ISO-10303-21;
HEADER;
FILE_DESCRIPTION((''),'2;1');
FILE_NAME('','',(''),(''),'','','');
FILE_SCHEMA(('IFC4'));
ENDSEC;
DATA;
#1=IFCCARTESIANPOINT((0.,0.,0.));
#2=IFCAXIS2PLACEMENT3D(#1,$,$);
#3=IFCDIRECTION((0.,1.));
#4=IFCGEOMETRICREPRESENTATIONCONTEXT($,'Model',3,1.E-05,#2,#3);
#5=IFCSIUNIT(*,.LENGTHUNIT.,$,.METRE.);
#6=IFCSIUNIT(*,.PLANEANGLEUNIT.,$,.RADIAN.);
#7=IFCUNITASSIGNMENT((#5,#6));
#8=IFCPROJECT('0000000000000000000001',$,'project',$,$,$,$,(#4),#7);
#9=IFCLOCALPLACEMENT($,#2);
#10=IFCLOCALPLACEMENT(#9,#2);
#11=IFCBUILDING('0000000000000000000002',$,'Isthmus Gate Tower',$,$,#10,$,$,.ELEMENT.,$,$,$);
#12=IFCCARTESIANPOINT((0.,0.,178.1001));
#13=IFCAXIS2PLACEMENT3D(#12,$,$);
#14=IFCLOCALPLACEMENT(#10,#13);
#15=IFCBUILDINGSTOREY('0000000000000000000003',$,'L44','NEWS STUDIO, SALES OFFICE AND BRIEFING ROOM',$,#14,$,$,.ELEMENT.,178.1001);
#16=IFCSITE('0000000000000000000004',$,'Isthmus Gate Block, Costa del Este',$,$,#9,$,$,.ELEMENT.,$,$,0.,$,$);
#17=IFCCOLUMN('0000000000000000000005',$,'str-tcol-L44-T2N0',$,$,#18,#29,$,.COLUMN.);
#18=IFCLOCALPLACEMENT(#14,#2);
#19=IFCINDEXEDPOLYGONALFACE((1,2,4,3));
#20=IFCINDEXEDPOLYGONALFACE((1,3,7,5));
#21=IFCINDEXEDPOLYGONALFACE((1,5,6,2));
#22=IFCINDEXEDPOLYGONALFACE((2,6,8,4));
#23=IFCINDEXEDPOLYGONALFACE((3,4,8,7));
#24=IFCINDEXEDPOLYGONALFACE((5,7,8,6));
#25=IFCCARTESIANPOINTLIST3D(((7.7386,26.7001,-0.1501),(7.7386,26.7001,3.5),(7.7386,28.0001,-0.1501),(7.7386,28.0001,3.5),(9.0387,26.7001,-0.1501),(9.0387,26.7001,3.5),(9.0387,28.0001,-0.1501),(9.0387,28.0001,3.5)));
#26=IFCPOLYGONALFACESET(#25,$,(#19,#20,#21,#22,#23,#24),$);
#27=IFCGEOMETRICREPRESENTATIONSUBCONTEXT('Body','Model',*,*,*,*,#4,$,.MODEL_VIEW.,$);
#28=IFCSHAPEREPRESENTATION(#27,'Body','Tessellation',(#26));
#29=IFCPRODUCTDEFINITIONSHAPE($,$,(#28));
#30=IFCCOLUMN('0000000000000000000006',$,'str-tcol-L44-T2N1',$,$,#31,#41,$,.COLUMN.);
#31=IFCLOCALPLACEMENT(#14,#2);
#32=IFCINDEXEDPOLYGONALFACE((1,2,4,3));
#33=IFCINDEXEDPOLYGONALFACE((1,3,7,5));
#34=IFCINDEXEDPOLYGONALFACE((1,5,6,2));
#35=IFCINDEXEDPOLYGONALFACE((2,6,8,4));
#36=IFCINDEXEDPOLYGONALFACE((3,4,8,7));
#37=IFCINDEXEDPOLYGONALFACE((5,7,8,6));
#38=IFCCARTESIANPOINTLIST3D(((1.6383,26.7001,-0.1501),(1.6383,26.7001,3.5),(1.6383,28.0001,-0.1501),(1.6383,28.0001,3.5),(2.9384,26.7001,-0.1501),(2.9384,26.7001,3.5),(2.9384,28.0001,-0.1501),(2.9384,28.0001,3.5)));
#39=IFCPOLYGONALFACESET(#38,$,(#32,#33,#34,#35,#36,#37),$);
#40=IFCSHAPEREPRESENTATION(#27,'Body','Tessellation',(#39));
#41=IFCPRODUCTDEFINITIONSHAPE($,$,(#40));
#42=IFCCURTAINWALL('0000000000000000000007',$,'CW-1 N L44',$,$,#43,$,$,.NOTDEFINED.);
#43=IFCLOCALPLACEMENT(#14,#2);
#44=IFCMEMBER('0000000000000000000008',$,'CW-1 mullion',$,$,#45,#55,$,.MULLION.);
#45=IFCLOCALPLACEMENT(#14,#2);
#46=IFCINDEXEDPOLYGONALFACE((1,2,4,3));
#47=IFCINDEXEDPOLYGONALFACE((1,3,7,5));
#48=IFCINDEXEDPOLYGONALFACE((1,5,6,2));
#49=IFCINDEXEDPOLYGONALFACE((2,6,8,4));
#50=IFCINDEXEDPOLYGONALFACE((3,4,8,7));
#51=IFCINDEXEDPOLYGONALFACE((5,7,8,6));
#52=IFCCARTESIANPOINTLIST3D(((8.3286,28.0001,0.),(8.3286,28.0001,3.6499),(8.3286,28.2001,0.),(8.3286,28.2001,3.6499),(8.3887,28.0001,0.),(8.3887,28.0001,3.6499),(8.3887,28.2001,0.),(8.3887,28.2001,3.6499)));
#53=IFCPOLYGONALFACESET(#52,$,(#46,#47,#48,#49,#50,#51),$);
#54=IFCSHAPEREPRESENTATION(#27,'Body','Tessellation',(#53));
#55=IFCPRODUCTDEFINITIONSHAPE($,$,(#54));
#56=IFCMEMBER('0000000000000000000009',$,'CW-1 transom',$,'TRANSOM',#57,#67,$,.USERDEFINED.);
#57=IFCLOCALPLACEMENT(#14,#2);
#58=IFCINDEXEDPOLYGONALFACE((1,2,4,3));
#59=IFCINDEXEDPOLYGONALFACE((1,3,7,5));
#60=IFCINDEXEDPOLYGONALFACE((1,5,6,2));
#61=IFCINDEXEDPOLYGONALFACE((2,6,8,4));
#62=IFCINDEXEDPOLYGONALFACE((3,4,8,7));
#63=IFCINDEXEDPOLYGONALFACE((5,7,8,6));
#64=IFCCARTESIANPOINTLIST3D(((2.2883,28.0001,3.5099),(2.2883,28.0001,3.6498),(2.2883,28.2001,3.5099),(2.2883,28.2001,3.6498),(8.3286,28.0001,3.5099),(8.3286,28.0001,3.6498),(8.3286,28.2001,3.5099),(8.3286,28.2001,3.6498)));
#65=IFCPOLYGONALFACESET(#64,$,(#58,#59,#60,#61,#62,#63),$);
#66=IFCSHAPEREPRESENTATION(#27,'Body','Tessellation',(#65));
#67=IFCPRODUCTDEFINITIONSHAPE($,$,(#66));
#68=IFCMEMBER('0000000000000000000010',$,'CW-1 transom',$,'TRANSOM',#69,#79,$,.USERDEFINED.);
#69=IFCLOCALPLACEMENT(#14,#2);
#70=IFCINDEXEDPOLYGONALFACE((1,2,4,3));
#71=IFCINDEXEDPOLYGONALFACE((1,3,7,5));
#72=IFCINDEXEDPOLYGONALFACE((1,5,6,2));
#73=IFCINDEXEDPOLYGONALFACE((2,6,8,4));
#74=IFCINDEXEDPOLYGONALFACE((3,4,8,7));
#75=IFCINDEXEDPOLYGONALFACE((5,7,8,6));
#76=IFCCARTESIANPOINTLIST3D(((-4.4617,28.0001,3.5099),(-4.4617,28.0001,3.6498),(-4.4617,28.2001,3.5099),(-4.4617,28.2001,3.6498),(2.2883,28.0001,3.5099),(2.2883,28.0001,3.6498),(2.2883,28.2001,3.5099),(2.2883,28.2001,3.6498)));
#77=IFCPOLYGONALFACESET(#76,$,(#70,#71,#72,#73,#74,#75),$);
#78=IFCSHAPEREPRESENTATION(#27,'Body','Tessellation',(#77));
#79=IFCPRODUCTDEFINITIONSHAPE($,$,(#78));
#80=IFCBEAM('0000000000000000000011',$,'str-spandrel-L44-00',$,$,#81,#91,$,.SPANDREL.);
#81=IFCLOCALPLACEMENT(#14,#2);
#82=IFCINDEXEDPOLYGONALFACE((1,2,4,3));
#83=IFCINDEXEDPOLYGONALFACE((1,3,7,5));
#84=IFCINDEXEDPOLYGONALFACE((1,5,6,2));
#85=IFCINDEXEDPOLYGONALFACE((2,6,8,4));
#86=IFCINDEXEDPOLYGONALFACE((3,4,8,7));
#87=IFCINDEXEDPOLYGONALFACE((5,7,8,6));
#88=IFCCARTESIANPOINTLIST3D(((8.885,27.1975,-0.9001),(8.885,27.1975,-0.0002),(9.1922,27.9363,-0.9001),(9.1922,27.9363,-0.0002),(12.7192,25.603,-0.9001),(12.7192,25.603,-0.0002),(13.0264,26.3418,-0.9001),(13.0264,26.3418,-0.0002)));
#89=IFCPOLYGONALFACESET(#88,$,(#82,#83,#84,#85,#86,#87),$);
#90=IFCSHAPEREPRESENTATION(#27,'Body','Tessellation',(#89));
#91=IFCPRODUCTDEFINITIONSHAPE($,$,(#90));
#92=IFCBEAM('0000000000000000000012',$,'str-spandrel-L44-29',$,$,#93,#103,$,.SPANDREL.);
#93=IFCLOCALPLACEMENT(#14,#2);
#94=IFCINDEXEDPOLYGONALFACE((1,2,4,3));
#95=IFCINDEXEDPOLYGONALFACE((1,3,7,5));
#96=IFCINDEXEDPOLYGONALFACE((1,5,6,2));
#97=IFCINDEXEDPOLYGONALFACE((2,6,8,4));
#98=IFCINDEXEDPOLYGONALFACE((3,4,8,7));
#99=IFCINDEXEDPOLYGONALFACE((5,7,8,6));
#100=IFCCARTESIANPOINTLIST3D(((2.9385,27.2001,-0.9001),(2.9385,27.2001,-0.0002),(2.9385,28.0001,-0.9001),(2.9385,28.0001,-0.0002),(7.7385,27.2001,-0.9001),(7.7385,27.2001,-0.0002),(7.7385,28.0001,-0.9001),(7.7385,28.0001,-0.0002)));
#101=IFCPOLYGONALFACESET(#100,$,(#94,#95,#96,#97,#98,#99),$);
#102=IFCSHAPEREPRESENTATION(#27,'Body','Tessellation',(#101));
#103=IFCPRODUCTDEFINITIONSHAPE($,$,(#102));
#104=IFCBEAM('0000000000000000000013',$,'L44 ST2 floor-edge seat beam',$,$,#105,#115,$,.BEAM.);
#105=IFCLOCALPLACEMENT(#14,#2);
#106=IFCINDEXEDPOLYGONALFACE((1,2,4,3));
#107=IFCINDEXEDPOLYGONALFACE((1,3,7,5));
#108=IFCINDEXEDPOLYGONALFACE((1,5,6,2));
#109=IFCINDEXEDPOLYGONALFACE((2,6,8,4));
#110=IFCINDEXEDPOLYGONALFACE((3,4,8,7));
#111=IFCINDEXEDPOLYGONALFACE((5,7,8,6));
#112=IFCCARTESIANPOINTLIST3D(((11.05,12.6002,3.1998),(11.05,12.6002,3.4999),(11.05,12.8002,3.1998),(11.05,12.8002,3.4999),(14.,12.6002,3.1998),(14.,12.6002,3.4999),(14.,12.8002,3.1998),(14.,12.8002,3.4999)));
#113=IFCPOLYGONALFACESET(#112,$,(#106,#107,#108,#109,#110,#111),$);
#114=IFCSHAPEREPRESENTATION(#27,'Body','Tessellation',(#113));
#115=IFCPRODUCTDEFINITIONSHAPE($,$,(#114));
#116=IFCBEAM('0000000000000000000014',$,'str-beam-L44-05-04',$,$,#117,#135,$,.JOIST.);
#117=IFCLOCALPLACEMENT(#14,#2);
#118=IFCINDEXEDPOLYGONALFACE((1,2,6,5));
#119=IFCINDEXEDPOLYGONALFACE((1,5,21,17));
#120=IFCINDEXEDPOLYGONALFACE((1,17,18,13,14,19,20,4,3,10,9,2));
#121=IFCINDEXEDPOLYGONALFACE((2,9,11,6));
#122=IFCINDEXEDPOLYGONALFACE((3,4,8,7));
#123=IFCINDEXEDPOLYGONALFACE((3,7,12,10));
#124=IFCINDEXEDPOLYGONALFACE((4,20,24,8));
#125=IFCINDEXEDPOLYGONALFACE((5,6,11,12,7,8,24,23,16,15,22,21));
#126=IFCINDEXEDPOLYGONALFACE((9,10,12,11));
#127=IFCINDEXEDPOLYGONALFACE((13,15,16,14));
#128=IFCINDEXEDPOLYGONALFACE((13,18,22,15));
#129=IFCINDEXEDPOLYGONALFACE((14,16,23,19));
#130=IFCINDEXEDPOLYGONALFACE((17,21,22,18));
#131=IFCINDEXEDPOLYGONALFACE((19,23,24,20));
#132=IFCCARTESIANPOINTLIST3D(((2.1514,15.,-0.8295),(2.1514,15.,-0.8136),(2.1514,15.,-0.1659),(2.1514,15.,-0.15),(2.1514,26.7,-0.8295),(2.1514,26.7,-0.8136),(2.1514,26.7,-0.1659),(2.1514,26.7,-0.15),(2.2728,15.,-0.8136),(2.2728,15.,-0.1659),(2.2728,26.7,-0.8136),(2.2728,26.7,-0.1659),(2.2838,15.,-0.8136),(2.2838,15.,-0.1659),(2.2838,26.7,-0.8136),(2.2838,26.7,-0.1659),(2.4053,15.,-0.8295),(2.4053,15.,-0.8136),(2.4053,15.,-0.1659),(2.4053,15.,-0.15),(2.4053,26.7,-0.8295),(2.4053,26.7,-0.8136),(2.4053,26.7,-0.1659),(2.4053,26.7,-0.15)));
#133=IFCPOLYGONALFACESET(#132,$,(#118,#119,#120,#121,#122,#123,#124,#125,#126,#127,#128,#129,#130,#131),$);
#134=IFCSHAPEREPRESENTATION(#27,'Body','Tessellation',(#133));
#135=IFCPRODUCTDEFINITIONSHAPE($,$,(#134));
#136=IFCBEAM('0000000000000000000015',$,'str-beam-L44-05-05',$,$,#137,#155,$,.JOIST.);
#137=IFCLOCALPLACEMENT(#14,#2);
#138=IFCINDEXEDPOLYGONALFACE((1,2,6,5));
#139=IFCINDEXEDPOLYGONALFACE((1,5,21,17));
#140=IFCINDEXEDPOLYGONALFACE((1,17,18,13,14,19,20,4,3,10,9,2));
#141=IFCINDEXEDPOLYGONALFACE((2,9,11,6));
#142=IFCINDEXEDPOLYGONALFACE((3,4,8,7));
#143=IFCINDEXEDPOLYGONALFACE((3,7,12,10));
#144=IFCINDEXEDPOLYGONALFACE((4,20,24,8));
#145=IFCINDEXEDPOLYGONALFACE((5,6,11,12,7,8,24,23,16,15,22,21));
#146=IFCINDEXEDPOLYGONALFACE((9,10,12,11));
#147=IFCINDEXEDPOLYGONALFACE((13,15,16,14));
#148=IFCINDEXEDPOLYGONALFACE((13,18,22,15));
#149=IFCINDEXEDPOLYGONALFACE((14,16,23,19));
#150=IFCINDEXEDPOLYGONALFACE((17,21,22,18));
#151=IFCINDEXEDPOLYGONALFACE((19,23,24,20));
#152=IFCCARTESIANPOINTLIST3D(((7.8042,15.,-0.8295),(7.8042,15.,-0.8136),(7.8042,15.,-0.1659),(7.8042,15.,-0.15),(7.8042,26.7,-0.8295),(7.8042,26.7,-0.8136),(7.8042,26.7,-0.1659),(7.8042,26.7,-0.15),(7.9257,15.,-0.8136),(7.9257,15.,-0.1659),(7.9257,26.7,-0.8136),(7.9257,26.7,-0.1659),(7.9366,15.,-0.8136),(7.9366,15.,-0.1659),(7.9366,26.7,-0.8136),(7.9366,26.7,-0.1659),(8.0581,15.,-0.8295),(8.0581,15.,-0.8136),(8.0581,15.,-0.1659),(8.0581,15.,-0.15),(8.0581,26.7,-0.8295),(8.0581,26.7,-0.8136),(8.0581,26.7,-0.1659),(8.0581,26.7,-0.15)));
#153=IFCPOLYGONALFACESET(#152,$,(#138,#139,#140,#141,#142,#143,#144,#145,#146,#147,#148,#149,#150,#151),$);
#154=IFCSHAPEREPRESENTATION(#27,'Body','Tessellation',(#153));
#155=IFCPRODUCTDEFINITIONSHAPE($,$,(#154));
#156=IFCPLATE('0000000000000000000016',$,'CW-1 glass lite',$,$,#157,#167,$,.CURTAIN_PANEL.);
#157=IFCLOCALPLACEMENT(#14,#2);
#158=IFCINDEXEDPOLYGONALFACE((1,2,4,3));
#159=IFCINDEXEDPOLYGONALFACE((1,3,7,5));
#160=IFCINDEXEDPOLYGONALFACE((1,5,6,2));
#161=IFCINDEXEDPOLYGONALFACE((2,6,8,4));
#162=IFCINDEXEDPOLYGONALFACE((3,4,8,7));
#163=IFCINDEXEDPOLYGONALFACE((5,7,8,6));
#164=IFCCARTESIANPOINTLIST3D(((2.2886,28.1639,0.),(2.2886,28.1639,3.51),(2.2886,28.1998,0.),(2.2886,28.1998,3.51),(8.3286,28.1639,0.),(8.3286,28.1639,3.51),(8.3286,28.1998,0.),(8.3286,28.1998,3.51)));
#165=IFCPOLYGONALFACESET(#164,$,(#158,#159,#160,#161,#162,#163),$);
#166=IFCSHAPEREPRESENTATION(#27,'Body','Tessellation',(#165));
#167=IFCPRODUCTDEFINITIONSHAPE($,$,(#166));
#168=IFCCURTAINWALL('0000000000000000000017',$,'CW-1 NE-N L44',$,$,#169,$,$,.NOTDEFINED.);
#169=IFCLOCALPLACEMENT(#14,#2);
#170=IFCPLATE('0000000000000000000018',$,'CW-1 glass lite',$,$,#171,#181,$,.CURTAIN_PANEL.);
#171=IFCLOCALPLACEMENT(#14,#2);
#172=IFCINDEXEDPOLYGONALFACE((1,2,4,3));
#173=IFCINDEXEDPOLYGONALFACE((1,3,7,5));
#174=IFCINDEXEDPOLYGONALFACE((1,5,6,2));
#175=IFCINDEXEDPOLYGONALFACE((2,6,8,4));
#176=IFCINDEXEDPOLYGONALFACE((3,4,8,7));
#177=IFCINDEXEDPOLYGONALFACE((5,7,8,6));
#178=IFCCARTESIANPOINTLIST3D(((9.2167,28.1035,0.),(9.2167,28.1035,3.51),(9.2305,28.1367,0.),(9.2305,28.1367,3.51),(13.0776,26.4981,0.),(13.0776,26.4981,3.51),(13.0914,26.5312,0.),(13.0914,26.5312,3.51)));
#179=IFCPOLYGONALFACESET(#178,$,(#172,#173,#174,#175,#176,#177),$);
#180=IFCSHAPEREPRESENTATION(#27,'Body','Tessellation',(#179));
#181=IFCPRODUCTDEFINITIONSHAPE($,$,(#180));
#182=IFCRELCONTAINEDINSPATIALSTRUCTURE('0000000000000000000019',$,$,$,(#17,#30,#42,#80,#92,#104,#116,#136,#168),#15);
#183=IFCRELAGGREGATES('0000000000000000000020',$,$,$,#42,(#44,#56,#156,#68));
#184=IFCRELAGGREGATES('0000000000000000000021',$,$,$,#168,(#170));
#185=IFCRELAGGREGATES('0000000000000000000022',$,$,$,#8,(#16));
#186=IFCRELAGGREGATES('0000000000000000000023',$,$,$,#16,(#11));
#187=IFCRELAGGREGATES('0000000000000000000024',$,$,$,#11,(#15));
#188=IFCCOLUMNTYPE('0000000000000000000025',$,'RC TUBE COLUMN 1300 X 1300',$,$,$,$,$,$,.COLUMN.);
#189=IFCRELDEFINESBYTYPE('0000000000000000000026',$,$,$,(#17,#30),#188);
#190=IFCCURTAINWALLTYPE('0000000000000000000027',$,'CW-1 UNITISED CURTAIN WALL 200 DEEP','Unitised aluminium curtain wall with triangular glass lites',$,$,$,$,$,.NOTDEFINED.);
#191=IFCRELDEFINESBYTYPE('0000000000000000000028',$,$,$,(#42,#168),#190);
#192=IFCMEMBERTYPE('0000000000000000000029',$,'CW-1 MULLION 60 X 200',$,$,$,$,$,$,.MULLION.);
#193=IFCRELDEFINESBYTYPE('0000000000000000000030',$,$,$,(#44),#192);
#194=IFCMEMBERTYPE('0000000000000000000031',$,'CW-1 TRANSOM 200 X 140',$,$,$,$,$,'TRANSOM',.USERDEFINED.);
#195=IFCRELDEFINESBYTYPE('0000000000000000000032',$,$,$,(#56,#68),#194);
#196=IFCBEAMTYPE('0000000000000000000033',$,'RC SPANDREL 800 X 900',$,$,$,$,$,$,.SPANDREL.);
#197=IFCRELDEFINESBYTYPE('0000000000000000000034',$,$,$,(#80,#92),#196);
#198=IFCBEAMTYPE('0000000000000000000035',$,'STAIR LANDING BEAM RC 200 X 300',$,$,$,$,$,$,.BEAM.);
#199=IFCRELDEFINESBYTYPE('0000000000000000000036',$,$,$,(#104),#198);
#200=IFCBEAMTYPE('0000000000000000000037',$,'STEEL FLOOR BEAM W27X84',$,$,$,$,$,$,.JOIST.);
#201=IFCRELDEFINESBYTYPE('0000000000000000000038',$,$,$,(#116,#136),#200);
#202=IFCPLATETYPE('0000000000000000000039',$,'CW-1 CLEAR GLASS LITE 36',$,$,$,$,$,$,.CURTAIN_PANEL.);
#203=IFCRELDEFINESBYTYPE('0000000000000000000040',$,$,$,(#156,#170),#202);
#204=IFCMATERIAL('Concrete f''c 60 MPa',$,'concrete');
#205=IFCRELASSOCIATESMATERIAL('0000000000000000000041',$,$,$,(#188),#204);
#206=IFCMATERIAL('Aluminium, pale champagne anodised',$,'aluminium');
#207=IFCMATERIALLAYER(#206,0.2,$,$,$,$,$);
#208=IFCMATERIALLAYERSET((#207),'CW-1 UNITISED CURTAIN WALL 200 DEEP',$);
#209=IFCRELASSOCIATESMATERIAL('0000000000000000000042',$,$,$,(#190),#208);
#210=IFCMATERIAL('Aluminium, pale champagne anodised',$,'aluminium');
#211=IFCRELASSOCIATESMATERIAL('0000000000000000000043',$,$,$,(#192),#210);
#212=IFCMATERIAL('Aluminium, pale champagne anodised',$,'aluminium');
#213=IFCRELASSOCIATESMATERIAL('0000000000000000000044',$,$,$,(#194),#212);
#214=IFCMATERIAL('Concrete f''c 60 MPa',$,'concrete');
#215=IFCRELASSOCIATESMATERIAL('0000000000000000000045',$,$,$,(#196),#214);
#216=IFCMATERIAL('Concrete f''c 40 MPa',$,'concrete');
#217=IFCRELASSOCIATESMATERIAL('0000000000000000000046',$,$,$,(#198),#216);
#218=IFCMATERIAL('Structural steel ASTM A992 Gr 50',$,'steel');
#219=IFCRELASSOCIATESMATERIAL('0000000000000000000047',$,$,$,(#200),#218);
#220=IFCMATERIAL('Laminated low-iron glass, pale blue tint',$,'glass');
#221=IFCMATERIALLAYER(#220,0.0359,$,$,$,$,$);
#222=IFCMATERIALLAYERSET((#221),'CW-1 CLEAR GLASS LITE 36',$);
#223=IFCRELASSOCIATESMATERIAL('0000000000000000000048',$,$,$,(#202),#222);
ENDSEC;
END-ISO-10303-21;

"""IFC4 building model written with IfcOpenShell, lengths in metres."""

from ifc_helpers import new_model, si_unit, direction, frame, origin, origin_2d, place, context, subcontext, project, spatial, rectangle, i_section, extrude, material, layer, layer_set, material_profile, profile_set, type_object, element, aggregate, save


model = new_model("IFC4")

# Units and contexts
model_context = context("Model", 3, precision=1e-05, world=origin(), true_north=direction((0.0, 1.0)))
body_context = subcontext(model_context, "Body", "Model", "MODEL_VIEW")
ifc_project = project(units=[si_unit("LENGTHUNIT", "METRE"), si_unit("PLANEANGLEUNIT", "RADIAN")], contexts=[model_context])

# Site, building, storey
site_placement = place(None, origin())
site = spatial("IfcSite", under=ifc_project, at=site_placement, Name="Isthmus Gate Block, Costa del Este", CompositionType="ELEMENT", RefElevation=0.0)
building_placement = place(site_placement, origin())
building = spatial("IfcBuilding", under=site, at=building_placement, Name="Isthmus Gate Tower", CompositionType="ELEMENT")
storey_placement = place(building_placement, frame((0.0, 0.0, 178.1001)))
storey = spatial("IfcBuildingStorey", under=building, at=storey_placement, Name="L44", Description="NEWS STUDIO, SALES OFFICE AND BRIEFING ROOM", CompositionType="ELEMENT", Elevation=178.1001)

# Columns
ifc_material_1 = material(Name="Concrete f'c 60 MPa", Category="concrete")
ifc_material_profile_1 = material_profile(ifc_material_1, rectangle(XDim=1.3, YDim=1.3, at=origin_2d()), Name="RC 1300X1300")
ifc_profile_set_1 = profile_set([ifc_material_profile_1], Name="Concrete f'c 60 MPa")
column_type = type_object("IfcColumnType", Name="RC TUBE COLUMN 1300 X 1300", PredefinedType="COLUMN", material=ifc_profile_set_1)
for number, where, z_axis, x_axis, name in (
    (1, (8.3887, 27.3501, -0.1501), (0.0, 0.0, 1.0), (-1.0, 0.0, 0.0), "str-tcol-L44-T2N0"),
    (2, (2.2883, 27.3501, -0.1501), (0.0, 0.0, 1.0), (-1.0, 0.0, 0.0), "str-tcol-L44-T2N1"),
):
    element("IfcColumn", number, at=place(storey_placement, frame(where, z_axis=z_axis, x_axis=x_axis)), inside=storey, type_object=column_type, Name=name, PredefinedType="COLUMN", context=body_context, shape_type="SweptSolid", body=[
        extrude(rectangle(XDim=1.3, YDim=1.3, at=origin_2d()), origin(), (0.0, 0.0, 1.0), 3.6501),
    ])

# Curtain wall, members
ifc_material_2 = material(Name="Aluminium, pale champagne anodised", Category="aluminium")
ifc_layer_1 = layer(ifc_material_2, 0.2)
ifc_layer_set_1 = layer_set([ifc_layer_1], Name="CW-1 UNITISED CURTAIN WALL 200 DEEP")
curtain_wall_type = type_object("IfcCurtainWallType", Name="CW-1 UNITISED CURTAIN WALL 200 DEEP", Description="Unitised aluminium curtain wall with triangular glass lites", PredefinedType="NOTDEFINED", material=ifc_layer_set_1)
curtain_wall_1_placement = place(storey_placement, origin())
curtain_wall_1 = element("IfcCurtainWall", 3, at=curtain_wall_1_placement, inside=storey, type_object=curtain_wall_type, Name="CW-1 N L44", PredefinedType="NOTDEFINED")
ifc_material_3 = material(Name="Aluminium, pale champagne anodised", Category="aluminium")
ifc_material_profile_2 = material_profile(ifc_material_3, rectangle(XDim=0.0601, YDim=0.2, at=origin_2d()), Name="60x200")
ifc_profile_set_2 = profile_set([ifc_material_profile_2], Name="Aluminium, pale champagne anodised")
member_type_1 = type_object("IfcMemberType", Name="CW-1 MULLION 60 X 200", PredefinedType="MULLION", material=ifc_profile_set_2)
member_1_placement = place(storey_placement, frame((8.3586, 28.1001, 0.0), z_axis=(0.0, 0.0, 1.0), x_axis=(-1.0, 0.0, 0.0)))
member_1 = element("IfcMember", 4, at=member_1_placement, type_object=member_type_1, Name="CW-1 mullion", PredefinedType="MULLION", context=body_context, shape_type="SweptSolid", body=[
    extrude(rectangle(XDim=0.0601, YDim=0.2, at=origin_2d()), origin(), (0.0, 0.0, 1.0), 3.6499),
])
ifc_material_4 = material(Name="Aluminium, pale champagne anodised", Category="aluminium")
ifc_material_profile_3 = material_profile(ifc_material_4, rectangle(XDim=0.2, YDim=0.1399, at=origin_2d()), Name="200x140")
ifc_profile_set_3 = profile_set([ifc_material_profile_3], Name="Aluminium, pale champagne anodised")
member_type_2 = type_object("IfcMemberType", Name="CW-1 TRANSOM 200 X 140", ElementType="TRANSOM", PredefinedType="USERDEFINED", material=ifc_profile_set_3)
member_2_placement = place(storey_placement, frame((8.3286, 28.1001, 3.5798), z_axis=(-1.0, 0.0, 0.0), x_axis=(0.0, -1.0, 0.0)))
member_2 = element("IfcMember", 5, at=member_2_placement, type_object=member_type_2, Name="CW-1 transom", ObjectType="TRANSOM", PredefinedType="USERDEFINED", context=body_context, shape_type="SweptSolid", body=[
    extrude(rectangle(XDim=0.2, YDim=0.1399, at=origin_2d()), origin(), (0.0, 0.0, 1.0), 6.0403),
])
member_3_placement = place(storey_placement, frame((2.2883, 28.1001, 3.5798), z_axis=(-1.0, 0.0, 0.0), x_axis=(0.0, -1.0, 0.0)))
member_3 = element("IfcMember", 6, at=member_3_placement, type_object=member_type_2, Name="CW-1 transom", ObjectType="TRANSOM", PredefinedType="USERDEFINED", context=body_context, shape_type="SweptSolid", body=[
    extrude(rectangle(XDim=0.2, YDim=0.1399, at=origin_2d()), origin(), (0.0, 0.0, 1.0), 6.75),
])

# Beams
ifc_material_5 = material(Name="Concrete f'c 60 MPa", Category="concrete")
ifc_material_profile_4 = material_profile(ifc_material_5, rectangle(XDim=0.8, YDim=0.8999, at=origin_2d()), Name="RC 800X900")
ifc_profile_set_4 = profile_set([ifc_material_profile_4], Name="Concrete f'c 60 MPa")
beam_type_1 = type_object("IfcBeamType", Name="RC SPANDREL 800 X 900", PredefinedType="SPANDREL", material=ifc_profile_set_4)
beam_1_placement = place(storey_placement, frame((9.0386, 27.5669, -0.4502), z_axis=(0.923343, -0.383977, 0.0), x_axis=(0.383977, 0.923343, 0.0)))
element("IfcBeam", 7, at=beam_1_placement, inside=storey, type_object=beam_type_1, Name="str-spandrel-L44-00", PredefinedType="SPANDREL", context=body_context, shape_type="SweptSolid", body=[
    extrude(rectangle(XDim=0.8, YDim=0.8999, at=origin_2d()), origin(), (0.0, 0.0, 1.0), 4.1526),
])
beam_2_placement = place(storey_placement, frame((2.9385, 27.6001, -0.4502), z_axis=(1.0, 0.0, 0.0), x_axis=(0.0, 1.0, 0.0)))
element("IfcBeam", 8, at=beam_2_placement, inside=storey, type_object=beam_type_1, Name="str-spandrel-L44-29", PredefinedType="SPANDREL", context=body_context, shape_type="SweptSolid", body=[
    extrude(rectangle(XDim=0.8, YDim=0.8999, at=origin_2d()), origin(), (0.0, 0.0, 1.0), 4.8),
])
ifc_material_6 = material(Name="Concrete f'c 40 MPa", Category="concrete")
ifc_material_profile_5 = material_profile(ifc_material_6, rectangle(XDim=0.2, YDim=0.3, at=origin_2d()), Name="STAIR LANDING BEAM RC 200 X 300")
ifc_profile_set_5 = profile_set([ifc_material_profile_5], Name="Concrete f'c 40 MPa")
beam_type_2 = type_object("IfcBeamType", Name="STAIR LANDING BEAM RC 200 X 300", PredefinedType="BEAM", material=ifc_profile_set_5)
beam_3_placement = place(storey_placement, frame((11.05, 12.7002, 3.3499), z_axis=(1.0, 0.0, 0.0), x_axis=(0.0, 1.0, 0.0)))
element("IfcBeam", 9, at=beam_3_placement, inside=storey, type_object=beam_type_2, Name="L44 ST2 floor-edge seat beam", PredefinedType="BEAM", context=body_context, shape_type="SweptSolid", body=[
    extrude(rectangle(XDim=0.2, YDim=0.3, at=origin_2d()), origin(), (0.0, 0.0, 1.0), 2.95),
])
ifc_material_7 = material(Name="Structural steel ASTM A992 Gr 50", Category="steel")
ifc_material_profile_6 = material_profile(ifc_material_7, i_section(OverallWidth=0.2539, OverallDepth=0.6794, WebThickness=0.011, FlangeThickness=0.0159, at=origin_2d()), Name="W27X84")
ifc_profile_set_6 = profile_set([ifc_material_profile_6], Name="Structural steel ASTM A992 Gr 50")
beam_type_3 = type_object("IfcBeamType", Name="STEEL FLOOR BEAM W27X84", PredefinedType="JOIST", material=ifc_profile_set_6)
for number, where, z_axis, x_axis, name in (
    (10, (2.2783, 15.0, -0.4897), (0.0, 1.0, 0.0), (-1.0, 0.0, 0.0), "str-beam-L44-05-04"),
    (11, (7.9312, 15.0, -0.4897), (0.0, 1.0, 0.0), (-1.0, 0.0, 0.0), "str-beam-L44-05-05"),
):
    element("IfcBeam", number, at=place(storey_placement, frame(where, z_axis=z_axis, x_axis=x_axis)), inside=storey, type_object=beam_type_3, Name=name, PredefinedType="JOIST", context=body_context, shape_type="SweptSolid", body=[
        extrude(i_section(OverallWidth=0.2539, OverallDepth=0.6794, WebThickness=0.011, FlangeThickness=0.0159, at=origin_2d()), origin(), (0.0, 0.0, 1.0), 11.7),
    ])

# Plate
ifc_material_8 = material(Name="Laminated low-iron glass, pale blue tint", Category="glass")
ifc_layer_2 = layer(ifc_material_8, 0.0359)
ifc_layer_set_2 = layer_set([ifc_layer_2], Name="CW-1 CLEAR GLASS LITE 36")
plate_type = type_object("IfcPlateType", Name="CW-1 CLEAR GLASS LITE 36", PredefinedType="CURTAIN_PANEL", material=ifc_layer_set_2)
plate_1_placement = place(storey_placement, frame((5.3086, 28.1819, 0.0), z_axis=(0.0, 0.0, 1.0), x_axis=(-1.0, 0.0, 0.0)))
plate_1 = element("IfcPlate", 12, at=plate_1_placement, type_object=plate_type, Name="CW-1 glass lite", PredefinedType="CURTAIN_PANEL", context=body_context, shape_type="SweptSolid", body=[
    extrude(rectangle(XDim=6.04, YDim=0.0359, at=origin_2d()), origin(), (0.0, 0.0, 1.0), 3.51),
])
aggregate(curtain_wall_1, [member_1, member_2, plate_1, member_3])

# Curtain wall, plate
curtain_wall_2_placement = place(storey_placement, origin())
curtain_wall_2 = element("IfcCurtainWall", 13, at=curtain_wall_2_placement, inside=storey, type_object=curtain_wall_type, Name="CW-1 NE-N L44", PredefinedType="NOTDEFINED")
plate_2_placement = place(storey_placement, frame((11.1541, 27.3174, 0.0), z_axis=(0.0, 0.0, 1.0), x_axis=(-0.923353, 0.383952, 0.0)))
plate_2 = element("IfcPlate", 14, at=plate_2_placement, type_object=plate_type, Name="CW-1 glass lite", PredefinedType="CURTAIN_PANEL", context=body_context, shape_type="SweptSolid", body=[
    extrude(rectangle(XDim=4.1814, YDim=0.0359, at=origin_2d()), origin(), (0.0, 0.0, 1.0), 3.51),
])
aggregate(curtain_wall_2, [plate_2])

save(model, "model.ifc")
